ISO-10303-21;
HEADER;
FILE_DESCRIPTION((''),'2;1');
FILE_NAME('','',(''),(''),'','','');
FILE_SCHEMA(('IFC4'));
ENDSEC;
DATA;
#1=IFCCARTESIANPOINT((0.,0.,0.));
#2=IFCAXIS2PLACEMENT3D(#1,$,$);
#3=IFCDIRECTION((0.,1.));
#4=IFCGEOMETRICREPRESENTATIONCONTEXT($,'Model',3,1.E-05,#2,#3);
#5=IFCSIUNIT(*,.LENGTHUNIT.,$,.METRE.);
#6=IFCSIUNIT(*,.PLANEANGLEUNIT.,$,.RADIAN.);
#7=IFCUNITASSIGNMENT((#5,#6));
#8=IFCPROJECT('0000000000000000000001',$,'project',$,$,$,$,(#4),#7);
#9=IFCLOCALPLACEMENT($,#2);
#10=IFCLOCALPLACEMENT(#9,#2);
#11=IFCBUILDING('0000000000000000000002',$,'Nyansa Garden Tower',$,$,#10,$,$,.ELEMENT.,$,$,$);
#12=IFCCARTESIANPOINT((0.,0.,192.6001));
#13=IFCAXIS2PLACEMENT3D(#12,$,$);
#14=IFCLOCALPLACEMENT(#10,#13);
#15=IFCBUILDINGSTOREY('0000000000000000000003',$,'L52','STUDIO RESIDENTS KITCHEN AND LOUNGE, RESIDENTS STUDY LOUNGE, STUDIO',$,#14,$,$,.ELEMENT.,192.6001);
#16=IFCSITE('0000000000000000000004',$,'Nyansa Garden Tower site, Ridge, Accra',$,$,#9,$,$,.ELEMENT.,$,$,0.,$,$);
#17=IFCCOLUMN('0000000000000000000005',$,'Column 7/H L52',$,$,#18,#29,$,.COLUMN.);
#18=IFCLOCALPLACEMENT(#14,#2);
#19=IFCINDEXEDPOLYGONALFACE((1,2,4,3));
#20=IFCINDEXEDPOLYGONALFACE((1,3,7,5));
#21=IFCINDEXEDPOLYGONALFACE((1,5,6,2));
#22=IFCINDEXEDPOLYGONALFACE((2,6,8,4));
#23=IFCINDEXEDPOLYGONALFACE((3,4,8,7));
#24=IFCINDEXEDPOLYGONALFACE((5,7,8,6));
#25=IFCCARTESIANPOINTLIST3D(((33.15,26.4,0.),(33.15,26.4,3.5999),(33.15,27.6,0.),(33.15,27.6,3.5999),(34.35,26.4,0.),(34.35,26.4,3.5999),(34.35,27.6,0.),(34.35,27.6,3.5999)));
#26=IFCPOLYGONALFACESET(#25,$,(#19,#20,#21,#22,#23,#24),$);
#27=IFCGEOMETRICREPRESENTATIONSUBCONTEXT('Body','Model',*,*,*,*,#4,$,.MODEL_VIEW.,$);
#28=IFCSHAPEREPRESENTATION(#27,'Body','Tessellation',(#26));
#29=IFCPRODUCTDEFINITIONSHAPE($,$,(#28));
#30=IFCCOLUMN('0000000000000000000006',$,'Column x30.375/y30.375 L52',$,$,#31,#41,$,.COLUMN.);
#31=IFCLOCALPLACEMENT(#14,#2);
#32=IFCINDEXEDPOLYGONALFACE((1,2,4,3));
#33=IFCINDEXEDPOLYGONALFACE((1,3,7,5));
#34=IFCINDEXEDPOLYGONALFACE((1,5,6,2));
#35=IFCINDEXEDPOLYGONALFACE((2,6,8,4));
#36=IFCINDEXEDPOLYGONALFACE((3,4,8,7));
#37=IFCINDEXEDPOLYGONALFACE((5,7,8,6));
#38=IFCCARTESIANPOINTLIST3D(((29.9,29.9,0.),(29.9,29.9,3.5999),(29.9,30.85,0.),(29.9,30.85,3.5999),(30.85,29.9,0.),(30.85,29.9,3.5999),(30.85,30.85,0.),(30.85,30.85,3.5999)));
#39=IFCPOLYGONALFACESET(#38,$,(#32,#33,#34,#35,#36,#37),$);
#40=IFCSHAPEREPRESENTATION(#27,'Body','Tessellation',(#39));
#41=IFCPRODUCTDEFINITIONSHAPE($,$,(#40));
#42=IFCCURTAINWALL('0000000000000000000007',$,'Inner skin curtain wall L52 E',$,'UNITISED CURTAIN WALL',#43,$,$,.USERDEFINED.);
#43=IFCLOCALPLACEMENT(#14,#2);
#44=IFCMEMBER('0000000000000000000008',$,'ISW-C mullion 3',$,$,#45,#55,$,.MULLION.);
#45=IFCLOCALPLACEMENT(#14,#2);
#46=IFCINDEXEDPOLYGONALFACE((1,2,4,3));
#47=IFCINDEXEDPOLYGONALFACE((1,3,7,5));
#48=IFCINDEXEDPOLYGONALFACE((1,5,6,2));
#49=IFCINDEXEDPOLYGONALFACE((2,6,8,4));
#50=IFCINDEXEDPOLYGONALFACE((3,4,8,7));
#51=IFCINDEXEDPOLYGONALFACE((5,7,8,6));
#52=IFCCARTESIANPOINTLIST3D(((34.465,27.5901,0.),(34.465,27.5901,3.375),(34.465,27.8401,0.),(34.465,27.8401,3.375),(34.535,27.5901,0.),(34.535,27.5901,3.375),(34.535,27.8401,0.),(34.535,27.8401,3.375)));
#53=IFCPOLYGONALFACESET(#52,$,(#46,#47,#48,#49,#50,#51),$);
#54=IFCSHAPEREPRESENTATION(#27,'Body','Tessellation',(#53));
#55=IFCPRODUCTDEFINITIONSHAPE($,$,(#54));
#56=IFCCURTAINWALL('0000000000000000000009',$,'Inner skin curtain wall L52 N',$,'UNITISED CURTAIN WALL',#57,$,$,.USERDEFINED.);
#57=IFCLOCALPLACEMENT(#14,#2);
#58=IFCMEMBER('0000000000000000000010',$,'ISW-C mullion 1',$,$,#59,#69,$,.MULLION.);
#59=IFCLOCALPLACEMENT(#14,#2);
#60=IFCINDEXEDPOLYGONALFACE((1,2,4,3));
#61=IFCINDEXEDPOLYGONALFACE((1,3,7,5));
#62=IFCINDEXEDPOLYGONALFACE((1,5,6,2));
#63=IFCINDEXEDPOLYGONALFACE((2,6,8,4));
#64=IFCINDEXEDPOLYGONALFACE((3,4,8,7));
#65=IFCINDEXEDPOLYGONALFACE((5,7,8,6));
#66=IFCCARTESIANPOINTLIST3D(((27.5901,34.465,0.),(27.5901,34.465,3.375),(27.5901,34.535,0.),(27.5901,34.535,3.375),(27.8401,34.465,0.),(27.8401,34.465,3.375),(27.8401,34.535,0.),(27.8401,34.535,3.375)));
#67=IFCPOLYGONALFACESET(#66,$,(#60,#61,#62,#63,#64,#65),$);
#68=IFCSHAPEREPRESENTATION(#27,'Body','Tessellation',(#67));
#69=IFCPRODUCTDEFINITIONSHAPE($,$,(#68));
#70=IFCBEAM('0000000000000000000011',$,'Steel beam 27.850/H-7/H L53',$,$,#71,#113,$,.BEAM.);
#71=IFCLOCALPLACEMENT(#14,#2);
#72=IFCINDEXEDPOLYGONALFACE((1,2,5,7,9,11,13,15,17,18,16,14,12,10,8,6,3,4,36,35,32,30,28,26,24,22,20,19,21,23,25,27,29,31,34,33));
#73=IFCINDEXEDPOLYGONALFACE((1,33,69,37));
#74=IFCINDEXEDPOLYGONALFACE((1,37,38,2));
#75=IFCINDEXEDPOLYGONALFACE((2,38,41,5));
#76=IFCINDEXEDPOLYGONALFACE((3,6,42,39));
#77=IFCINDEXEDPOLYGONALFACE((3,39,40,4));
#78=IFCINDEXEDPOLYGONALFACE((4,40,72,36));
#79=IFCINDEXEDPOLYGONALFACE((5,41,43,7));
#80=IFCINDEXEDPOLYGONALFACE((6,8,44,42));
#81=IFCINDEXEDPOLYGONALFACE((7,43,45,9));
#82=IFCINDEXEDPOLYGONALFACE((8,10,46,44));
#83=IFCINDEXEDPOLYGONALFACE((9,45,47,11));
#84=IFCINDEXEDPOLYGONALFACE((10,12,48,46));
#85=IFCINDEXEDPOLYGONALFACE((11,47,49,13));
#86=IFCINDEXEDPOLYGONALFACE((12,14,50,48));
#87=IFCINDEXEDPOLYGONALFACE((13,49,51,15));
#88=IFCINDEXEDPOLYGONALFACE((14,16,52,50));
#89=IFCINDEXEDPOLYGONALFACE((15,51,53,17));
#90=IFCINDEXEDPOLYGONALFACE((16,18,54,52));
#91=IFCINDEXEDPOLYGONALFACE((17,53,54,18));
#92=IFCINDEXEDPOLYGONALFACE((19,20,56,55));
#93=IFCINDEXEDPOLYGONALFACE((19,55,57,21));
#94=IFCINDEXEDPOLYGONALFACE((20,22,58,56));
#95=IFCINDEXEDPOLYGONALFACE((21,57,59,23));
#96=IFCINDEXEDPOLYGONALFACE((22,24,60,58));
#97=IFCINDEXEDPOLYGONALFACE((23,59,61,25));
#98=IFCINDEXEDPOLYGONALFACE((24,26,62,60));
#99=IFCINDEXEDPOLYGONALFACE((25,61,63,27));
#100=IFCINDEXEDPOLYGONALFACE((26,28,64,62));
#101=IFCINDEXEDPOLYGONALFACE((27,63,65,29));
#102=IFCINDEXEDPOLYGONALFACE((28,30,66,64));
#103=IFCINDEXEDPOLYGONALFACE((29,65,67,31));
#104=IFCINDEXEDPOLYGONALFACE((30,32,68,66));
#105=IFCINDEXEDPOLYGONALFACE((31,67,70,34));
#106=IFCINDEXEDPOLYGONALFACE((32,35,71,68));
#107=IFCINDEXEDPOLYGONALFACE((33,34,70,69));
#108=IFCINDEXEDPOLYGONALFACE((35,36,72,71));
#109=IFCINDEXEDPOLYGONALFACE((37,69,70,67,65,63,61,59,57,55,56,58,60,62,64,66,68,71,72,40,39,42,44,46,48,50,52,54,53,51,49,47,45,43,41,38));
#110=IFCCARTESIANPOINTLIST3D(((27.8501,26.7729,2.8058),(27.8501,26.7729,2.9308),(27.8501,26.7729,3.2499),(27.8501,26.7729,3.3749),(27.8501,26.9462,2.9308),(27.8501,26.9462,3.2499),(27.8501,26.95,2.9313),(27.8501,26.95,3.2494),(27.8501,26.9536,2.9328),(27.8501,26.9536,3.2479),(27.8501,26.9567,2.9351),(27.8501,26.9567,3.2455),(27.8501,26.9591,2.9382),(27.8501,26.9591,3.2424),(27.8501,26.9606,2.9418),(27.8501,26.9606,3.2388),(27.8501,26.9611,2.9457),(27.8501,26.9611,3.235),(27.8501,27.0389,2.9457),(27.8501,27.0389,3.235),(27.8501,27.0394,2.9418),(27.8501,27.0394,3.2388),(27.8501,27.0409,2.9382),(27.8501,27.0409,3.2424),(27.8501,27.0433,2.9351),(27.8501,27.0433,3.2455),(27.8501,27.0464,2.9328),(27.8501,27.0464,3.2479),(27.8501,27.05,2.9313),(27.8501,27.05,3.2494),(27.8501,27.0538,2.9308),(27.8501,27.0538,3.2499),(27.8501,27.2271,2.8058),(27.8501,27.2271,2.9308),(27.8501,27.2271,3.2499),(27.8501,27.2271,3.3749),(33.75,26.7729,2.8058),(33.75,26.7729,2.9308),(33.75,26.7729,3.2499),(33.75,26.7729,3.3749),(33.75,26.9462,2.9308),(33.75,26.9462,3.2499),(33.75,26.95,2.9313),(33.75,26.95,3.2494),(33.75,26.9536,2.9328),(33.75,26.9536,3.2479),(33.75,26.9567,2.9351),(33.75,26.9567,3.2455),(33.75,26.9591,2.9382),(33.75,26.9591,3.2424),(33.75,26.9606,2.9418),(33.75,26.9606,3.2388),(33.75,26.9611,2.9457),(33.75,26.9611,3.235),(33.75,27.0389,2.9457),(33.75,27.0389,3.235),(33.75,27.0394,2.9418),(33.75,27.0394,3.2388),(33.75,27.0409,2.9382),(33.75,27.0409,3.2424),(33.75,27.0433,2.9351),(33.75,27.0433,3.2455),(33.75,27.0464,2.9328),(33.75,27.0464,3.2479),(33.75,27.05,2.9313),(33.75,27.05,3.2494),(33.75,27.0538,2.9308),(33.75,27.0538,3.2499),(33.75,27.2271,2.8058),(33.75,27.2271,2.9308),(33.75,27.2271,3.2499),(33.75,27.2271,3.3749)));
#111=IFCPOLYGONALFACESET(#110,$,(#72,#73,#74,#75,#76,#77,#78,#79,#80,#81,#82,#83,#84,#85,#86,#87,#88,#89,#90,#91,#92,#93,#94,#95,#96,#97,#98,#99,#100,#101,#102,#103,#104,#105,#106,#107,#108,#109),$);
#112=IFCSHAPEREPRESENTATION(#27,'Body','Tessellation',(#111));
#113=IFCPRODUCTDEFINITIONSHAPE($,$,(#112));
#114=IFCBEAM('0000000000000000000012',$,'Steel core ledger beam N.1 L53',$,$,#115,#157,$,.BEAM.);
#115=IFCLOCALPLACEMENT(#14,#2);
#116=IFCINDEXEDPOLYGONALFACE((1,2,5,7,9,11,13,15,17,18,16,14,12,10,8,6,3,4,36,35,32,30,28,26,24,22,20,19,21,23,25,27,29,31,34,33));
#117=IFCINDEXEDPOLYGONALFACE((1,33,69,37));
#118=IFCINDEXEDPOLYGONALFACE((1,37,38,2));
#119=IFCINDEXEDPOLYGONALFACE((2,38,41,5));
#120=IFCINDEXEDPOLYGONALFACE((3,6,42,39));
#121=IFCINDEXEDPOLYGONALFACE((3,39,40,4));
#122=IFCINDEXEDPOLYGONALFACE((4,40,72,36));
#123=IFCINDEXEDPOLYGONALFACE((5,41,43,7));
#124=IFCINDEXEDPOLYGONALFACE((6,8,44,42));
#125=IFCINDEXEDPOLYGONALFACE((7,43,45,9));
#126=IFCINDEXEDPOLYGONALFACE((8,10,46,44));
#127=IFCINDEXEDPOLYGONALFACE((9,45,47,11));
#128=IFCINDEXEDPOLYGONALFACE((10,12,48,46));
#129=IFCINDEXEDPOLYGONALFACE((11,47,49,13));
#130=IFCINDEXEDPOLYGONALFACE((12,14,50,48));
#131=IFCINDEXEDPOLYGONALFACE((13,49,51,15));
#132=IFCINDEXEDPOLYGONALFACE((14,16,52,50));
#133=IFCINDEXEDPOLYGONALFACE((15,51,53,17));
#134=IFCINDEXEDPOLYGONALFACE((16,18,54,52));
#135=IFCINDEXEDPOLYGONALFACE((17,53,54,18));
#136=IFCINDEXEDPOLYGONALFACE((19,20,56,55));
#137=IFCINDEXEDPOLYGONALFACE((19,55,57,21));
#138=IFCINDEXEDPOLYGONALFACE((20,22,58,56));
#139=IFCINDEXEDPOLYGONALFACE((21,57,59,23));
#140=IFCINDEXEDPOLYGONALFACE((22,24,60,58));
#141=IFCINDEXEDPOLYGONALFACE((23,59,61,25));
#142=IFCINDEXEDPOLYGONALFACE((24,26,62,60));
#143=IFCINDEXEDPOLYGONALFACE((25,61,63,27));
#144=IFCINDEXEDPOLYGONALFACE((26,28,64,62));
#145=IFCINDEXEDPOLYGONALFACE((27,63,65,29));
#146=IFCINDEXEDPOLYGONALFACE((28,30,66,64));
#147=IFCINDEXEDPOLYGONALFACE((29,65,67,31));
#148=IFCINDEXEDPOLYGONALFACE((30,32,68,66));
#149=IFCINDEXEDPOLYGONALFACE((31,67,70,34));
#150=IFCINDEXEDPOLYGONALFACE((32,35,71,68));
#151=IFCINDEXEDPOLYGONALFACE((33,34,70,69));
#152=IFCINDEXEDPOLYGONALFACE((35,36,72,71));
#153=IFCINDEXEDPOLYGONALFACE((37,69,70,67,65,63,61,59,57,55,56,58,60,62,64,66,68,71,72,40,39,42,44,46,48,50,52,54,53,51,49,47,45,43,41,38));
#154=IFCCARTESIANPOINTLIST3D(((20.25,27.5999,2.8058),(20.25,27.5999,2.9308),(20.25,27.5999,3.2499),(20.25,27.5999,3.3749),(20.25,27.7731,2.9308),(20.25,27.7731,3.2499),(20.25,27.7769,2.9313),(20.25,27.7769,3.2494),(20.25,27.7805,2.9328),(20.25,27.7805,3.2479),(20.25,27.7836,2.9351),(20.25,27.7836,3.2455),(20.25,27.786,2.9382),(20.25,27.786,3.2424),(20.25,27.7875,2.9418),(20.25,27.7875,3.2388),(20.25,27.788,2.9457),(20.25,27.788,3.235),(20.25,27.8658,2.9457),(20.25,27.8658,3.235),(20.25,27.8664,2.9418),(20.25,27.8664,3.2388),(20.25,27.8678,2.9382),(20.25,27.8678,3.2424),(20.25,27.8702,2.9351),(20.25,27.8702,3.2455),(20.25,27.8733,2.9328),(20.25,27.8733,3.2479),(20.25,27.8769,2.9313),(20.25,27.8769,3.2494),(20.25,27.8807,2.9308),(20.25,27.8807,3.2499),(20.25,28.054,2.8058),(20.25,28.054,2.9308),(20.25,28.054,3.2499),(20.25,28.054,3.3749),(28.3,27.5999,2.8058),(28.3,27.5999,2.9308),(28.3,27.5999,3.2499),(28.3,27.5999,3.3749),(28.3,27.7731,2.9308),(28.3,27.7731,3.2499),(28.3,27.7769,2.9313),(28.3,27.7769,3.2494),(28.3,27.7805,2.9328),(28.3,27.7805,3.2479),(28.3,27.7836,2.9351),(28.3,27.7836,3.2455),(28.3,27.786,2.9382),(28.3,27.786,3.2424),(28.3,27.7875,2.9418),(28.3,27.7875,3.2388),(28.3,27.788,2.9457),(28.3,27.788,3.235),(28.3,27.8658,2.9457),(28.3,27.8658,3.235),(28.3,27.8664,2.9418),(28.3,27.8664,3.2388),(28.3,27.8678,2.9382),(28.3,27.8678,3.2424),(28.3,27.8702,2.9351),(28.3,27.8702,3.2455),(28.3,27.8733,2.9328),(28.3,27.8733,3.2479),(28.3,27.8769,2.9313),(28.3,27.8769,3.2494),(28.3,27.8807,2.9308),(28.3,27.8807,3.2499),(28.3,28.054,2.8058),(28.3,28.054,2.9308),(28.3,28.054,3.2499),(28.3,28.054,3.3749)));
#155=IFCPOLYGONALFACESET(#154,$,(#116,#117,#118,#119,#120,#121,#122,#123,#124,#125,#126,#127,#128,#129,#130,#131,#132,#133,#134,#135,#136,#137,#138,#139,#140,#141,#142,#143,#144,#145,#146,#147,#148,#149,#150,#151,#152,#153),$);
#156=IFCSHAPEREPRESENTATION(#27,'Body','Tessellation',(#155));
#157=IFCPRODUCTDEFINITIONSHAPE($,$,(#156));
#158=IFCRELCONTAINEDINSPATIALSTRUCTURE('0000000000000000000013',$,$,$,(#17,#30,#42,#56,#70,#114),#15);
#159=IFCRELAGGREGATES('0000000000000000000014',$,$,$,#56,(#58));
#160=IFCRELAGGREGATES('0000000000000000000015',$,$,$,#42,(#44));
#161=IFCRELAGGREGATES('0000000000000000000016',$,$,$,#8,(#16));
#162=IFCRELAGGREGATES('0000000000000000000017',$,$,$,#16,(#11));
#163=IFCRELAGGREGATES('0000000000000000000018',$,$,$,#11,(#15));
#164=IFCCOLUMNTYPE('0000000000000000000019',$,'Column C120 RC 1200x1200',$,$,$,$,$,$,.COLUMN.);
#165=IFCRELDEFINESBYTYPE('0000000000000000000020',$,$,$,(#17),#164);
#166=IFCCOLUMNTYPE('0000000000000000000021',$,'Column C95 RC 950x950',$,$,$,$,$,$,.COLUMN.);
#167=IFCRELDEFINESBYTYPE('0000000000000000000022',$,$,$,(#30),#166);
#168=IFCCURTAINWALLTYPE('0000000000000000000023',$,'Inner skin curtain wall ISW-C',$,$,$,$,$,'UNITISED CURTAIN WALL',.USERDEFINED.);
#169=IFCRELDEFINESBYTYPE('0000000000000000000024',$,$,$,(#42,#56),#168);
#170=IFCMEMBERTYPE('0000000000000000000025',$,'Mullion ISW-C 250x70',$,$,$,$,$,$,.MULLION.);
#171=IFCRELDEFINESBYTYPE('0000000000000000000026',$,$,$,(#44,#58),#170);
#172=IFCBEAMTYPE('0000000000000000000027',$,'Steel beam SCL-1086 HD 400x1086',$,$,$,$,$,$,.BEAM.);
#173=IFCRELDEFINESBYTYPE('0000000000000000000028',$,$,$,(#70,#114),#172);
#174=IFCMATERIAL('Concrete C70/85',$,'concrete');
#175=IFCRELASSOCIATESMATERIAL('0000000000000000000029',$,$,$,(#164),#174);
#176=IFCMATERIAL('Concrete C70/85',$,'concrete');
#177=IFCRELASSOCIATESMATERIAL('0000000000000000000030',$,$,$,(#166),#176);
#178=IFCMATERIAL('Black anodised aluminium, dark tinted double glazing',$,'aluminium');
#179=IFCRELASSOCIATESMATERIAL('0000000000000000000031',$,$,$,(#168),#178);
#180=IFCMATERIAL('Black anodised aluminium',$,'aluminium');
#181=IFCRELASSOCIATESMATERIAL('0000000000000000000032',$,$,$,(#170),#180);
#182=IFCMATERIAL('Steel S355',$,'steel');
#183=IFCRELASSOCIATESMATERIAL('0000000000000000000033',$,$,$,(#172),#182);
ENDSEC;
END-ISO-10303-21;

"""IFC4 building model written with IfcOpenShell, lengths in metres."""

from ifc_helpers import new_model, si_unit, direction, frame, origin, origin_2d, place, context, subcontext, project, spatial, rectangle, i_section, extrude, material, material_profile, profile_set, type_object, element, aggregate, save


model = new_model("IFC4")

# Units and contexts
model_context = context("Model", 3, precision=1e-05, world=origin(), true_north=direction((0.0, 1.0)))
body_context = subcontext(model_context, "Body", "Model", "MODEL_VIEW")
ifc_project = project(units=[si_unit("LENGTHUNIT", "METRE"), si_unit("PLANEANGLEUNIT", "RADIAN")], contexts=[model_context])

# Site, building, storey
site_placement = place(None, origin())
site = spatial("IfcSite", under=ifc_project, at=site_placement, Name="Nyansa Garden Tower site, Ridge, Accra", CompositionType="ELEMENT", RefElevation=0.0)
building_placement = place(site_placement, origin())
building = spatial("IfcBuilding", under=site, at=building_placement, Name="Nyansa Garden Tower", CompositionType="ELEMENT")
storey_placement = place(building_placement, frame((0.0, 0.0, 192.6001)))
storey = spatial("IfcBuildingStorey", under=building, at=storey_placement, Name="L52", Description="STUDIO RESIDENTS KITCHEN AND LOUNGE, RESIDENTS STUDY LOUNGE, STUDIO", CompositionType="ELEMENT", Elevation=192.6001)

# Columns
ifc_material_1 = material(Name="Concrete C70/85", Category="concrete")
ifc_material_profile_1 = material_profile(ifc_material_1, rectangle(XDim=1.2, YDim=1.2, at=origin_2d()), Name="RC 1200x1200")
ifc_profile_set_1 = profile_set([ifc_material_profile_1], Name="Concrete C70/85")
column_type_1 = type_object("IfcColumnType", Name="Column C120 RC 1200x1200", PredefinedType="COLUMN", material=ifc_profile_set_1)
column_1_placement = place(storey_placement, frame((33.75, 27.0, 0.0), z_axis=(0.0, 0.0, 1.0), x_axis=(1.0, 0.0, 0.0)))
element("IfcColumn", 1, at=column_1_placement, inside=storey, type_object=column_type_1, Name="Column 7/H L52", PredefinedType="COLUMN", context=body_context, shape_type="SweptSolid", body=[
    extrude(rectangle(XDim=1.2, YDim=1.2, at=origin_2d()), origin(), (0.0, 0.0, 1.0), 3.5999),
])
ifc_material_2 = material(Name="Concrete C70/85", Category="concrete")
ifc_material_profile_2 = material_profile(ifc_material_2, rectangle(XDim=0.95, YDim=0.95, at=origin_2d()), Name="RC 950x950")
ifc_profile_set_2 = profile_set([ifc_material_profile_2], Name="Concrete C70/85")
column_type_2 = type_object("IfcColumnType", Name="Column C95 RC 950x950", PredefinedType="COLUMN", material=ifc_profile_set_2)
column_2_placement = place(storey_placement, frame((30.375, 30.375, 0.0), z_axis=(0.0, 0.0, 1.0), x_axis=(1.0, 0.0, 0.0)))
element("IfcColumn", 2, at=column_2_placement, inside=storey, type_object=column_type_2, Name="Column x30.375/y30.375 L52", PredefinedType="COLUMN", context=body_context, shape_type="SweptSolid", body=[
    extrude(rectangle(XDim=0.95, YDim=0.95, at=origin_2d()), origin(), (0.0, 0.0, 1.0), 3.5999),
])

# Curtain walls, members
ifc_material_3 = material(Name="Black anodised aluminium, dark tinted double glazing", Category="aluminium")
curtain_wall_type = type_object("IfcCurtainWallType", Name="Inner skin curtain wall ISW-C", ElementType="UNITISED CURTAIN WALL", PredefinedType="USERDEFINED", material=ifc_material_3)
curtain_wall_1_placement = place(storey_placement, origin())
curtain_wall_1 = element("IfcCurtainWall", 3, at=curtain_wall_1_placement, inside=storey, type_object=curtain_wall_type, Name="Inner skin curtain wall L52 E", ObjectType="UNITISED CURTAIN WALL", PredefinedType="USERDEFINED")
ifc_material_4 = material(Name="Black anodised aluminium", Category="aluminium")
ifc_material_profile_3 = material_profile(ifc_material_4, rectangle(XDim=0.0701, YDim=0.25, at=origin_2d()), Name="Mullion 250x70")
ifc_profile_set_3 = profile_set([ifc_material_profile_3], Name="Black anodised aluminium")
member_type_1 = type_object("IfcMemberType", Name="Mullion ISW-C 250x70", PredefinedType="MULLION", material=ifc_profile_set_3)
member_1_placement = place(storey_placement, frame((34.5, 27.7151, 0.0), z_axis=(0.0, 0.0, 1.0), x_axis=(-1.0, 0.0, 0.0)))
member_1 = element("IfcMember", 4, at=member_1_placement, type_object=member_type_1, Name="ISW-C mullion 3", PredefinedType="MULLION", context=body_context, shape_type="SweptSolid", body=[
    extrude(rectangle(XDim=0.0701, YDim=0.25, at=origin_2d()), origin(), (0.0, 0.0, 1.0), 3.375),
])
curtain_wall_2_placement = place(storey_placement, origin())
curtain_wall_2 = element("IfcCurtainWall", 5, at=curtain_wall_2_placement, inside=storey, type_object=curtain_wall_type, Name="Inner skin curtain wall L52 N", ObjectType="UNITISED CURTAIN WALL", PredefinedType="USERDEFINED")
member_2_placement = place(storey_placement, frame((27.7151, 34.5, 0.0), z_axis=(0.0, 0.0, 1.0), x_axis=(0.0, -1.0, 0.0)))
member_2 = element("IfcMember", 6, at=member_2_placement, type_object=member_type_1, Name="ISW-C mullion 1", PredefinedType="MULLION", context=body_context, shape_type="SweptSolid", body=[
    extrude(rectangle(XDim=0.0701, YDim=0.25, at=origin_2d()), origin(), (0.0, 0.0, 1.0), 3.375),
])

# Beams
ifc_material_5 = material(Name="Steel S355", Category="steel")
ifc_material_profile_4 = material_profile(ifc_material_5, i_section(OverallWidth=0.4541, OverallDepth=0.5691, WebThickness=0.0779, FlangeThickness=0.125, FilletRadius=0.0149, at=origin_2d()), Name="HD 400x1086")
ifc_profile_set_4 = profile_set([ifc_material_profile_4], Name="Steel S355")
beam_type_1 = type_object("IfcBeamType", Name="Steel beam SCL-1086 HD 400x1086", PredefinedType="BEAM", material=ifc_profile_set_4)
beam_1_placement = place(storey_placement, frame((27.8501, 27.0, 3.0903), z_axis=(1.0, 0.0, 0.0), x_axis=(0.0, 1.0, 0.0)))
element("IfcBeam", 7, at=beam_1_placement, inside=storey, type_object=beam_type_1, Name="Steel beam 27.850/H-7/H L53", PredefinedType="BEAM", context=body_context, shape_type="SweptSolid", body=[
    extrude(i_section(OverallWidth=0.4541, OverallDepth=0.5691, WebThickness=0.0779, FlangeThickness=0.125, FilletRadius=0.0149, at=origin_2d()), origin(), (0.0, 0.0, 1.0), 5.8999),
])
beam_2_placement = place(storey_placement, frame((28.3, 27.8269, 3.0903), z_axis=(-1.0, 0.0, 0.0), x_axis=(0.0, -1.0, 0.0)))
element("IfcBeam", 8, at=beam_2_placement, inside=storey, type_object=beam_type_1, Name="Steel core ledger beam N.1 L53", PredefinedType="BEAM", context=body_context, shape_type="SweptSolid", body=[
    extrude(i_section(OverallWidth=0.4541, OverallDepth=0.5691, WebThickness=0.0779, FlangeThickness=0.125, FilletRadius=0.0149, at=origin_2d()), origin(), (0.0, 0.0, 1.0), 8.05),
])

aggregate(curtain_wall_2, [member_2])

aggregate(curtain_wall_1, [member_1])

save(model, "model.ifc")
